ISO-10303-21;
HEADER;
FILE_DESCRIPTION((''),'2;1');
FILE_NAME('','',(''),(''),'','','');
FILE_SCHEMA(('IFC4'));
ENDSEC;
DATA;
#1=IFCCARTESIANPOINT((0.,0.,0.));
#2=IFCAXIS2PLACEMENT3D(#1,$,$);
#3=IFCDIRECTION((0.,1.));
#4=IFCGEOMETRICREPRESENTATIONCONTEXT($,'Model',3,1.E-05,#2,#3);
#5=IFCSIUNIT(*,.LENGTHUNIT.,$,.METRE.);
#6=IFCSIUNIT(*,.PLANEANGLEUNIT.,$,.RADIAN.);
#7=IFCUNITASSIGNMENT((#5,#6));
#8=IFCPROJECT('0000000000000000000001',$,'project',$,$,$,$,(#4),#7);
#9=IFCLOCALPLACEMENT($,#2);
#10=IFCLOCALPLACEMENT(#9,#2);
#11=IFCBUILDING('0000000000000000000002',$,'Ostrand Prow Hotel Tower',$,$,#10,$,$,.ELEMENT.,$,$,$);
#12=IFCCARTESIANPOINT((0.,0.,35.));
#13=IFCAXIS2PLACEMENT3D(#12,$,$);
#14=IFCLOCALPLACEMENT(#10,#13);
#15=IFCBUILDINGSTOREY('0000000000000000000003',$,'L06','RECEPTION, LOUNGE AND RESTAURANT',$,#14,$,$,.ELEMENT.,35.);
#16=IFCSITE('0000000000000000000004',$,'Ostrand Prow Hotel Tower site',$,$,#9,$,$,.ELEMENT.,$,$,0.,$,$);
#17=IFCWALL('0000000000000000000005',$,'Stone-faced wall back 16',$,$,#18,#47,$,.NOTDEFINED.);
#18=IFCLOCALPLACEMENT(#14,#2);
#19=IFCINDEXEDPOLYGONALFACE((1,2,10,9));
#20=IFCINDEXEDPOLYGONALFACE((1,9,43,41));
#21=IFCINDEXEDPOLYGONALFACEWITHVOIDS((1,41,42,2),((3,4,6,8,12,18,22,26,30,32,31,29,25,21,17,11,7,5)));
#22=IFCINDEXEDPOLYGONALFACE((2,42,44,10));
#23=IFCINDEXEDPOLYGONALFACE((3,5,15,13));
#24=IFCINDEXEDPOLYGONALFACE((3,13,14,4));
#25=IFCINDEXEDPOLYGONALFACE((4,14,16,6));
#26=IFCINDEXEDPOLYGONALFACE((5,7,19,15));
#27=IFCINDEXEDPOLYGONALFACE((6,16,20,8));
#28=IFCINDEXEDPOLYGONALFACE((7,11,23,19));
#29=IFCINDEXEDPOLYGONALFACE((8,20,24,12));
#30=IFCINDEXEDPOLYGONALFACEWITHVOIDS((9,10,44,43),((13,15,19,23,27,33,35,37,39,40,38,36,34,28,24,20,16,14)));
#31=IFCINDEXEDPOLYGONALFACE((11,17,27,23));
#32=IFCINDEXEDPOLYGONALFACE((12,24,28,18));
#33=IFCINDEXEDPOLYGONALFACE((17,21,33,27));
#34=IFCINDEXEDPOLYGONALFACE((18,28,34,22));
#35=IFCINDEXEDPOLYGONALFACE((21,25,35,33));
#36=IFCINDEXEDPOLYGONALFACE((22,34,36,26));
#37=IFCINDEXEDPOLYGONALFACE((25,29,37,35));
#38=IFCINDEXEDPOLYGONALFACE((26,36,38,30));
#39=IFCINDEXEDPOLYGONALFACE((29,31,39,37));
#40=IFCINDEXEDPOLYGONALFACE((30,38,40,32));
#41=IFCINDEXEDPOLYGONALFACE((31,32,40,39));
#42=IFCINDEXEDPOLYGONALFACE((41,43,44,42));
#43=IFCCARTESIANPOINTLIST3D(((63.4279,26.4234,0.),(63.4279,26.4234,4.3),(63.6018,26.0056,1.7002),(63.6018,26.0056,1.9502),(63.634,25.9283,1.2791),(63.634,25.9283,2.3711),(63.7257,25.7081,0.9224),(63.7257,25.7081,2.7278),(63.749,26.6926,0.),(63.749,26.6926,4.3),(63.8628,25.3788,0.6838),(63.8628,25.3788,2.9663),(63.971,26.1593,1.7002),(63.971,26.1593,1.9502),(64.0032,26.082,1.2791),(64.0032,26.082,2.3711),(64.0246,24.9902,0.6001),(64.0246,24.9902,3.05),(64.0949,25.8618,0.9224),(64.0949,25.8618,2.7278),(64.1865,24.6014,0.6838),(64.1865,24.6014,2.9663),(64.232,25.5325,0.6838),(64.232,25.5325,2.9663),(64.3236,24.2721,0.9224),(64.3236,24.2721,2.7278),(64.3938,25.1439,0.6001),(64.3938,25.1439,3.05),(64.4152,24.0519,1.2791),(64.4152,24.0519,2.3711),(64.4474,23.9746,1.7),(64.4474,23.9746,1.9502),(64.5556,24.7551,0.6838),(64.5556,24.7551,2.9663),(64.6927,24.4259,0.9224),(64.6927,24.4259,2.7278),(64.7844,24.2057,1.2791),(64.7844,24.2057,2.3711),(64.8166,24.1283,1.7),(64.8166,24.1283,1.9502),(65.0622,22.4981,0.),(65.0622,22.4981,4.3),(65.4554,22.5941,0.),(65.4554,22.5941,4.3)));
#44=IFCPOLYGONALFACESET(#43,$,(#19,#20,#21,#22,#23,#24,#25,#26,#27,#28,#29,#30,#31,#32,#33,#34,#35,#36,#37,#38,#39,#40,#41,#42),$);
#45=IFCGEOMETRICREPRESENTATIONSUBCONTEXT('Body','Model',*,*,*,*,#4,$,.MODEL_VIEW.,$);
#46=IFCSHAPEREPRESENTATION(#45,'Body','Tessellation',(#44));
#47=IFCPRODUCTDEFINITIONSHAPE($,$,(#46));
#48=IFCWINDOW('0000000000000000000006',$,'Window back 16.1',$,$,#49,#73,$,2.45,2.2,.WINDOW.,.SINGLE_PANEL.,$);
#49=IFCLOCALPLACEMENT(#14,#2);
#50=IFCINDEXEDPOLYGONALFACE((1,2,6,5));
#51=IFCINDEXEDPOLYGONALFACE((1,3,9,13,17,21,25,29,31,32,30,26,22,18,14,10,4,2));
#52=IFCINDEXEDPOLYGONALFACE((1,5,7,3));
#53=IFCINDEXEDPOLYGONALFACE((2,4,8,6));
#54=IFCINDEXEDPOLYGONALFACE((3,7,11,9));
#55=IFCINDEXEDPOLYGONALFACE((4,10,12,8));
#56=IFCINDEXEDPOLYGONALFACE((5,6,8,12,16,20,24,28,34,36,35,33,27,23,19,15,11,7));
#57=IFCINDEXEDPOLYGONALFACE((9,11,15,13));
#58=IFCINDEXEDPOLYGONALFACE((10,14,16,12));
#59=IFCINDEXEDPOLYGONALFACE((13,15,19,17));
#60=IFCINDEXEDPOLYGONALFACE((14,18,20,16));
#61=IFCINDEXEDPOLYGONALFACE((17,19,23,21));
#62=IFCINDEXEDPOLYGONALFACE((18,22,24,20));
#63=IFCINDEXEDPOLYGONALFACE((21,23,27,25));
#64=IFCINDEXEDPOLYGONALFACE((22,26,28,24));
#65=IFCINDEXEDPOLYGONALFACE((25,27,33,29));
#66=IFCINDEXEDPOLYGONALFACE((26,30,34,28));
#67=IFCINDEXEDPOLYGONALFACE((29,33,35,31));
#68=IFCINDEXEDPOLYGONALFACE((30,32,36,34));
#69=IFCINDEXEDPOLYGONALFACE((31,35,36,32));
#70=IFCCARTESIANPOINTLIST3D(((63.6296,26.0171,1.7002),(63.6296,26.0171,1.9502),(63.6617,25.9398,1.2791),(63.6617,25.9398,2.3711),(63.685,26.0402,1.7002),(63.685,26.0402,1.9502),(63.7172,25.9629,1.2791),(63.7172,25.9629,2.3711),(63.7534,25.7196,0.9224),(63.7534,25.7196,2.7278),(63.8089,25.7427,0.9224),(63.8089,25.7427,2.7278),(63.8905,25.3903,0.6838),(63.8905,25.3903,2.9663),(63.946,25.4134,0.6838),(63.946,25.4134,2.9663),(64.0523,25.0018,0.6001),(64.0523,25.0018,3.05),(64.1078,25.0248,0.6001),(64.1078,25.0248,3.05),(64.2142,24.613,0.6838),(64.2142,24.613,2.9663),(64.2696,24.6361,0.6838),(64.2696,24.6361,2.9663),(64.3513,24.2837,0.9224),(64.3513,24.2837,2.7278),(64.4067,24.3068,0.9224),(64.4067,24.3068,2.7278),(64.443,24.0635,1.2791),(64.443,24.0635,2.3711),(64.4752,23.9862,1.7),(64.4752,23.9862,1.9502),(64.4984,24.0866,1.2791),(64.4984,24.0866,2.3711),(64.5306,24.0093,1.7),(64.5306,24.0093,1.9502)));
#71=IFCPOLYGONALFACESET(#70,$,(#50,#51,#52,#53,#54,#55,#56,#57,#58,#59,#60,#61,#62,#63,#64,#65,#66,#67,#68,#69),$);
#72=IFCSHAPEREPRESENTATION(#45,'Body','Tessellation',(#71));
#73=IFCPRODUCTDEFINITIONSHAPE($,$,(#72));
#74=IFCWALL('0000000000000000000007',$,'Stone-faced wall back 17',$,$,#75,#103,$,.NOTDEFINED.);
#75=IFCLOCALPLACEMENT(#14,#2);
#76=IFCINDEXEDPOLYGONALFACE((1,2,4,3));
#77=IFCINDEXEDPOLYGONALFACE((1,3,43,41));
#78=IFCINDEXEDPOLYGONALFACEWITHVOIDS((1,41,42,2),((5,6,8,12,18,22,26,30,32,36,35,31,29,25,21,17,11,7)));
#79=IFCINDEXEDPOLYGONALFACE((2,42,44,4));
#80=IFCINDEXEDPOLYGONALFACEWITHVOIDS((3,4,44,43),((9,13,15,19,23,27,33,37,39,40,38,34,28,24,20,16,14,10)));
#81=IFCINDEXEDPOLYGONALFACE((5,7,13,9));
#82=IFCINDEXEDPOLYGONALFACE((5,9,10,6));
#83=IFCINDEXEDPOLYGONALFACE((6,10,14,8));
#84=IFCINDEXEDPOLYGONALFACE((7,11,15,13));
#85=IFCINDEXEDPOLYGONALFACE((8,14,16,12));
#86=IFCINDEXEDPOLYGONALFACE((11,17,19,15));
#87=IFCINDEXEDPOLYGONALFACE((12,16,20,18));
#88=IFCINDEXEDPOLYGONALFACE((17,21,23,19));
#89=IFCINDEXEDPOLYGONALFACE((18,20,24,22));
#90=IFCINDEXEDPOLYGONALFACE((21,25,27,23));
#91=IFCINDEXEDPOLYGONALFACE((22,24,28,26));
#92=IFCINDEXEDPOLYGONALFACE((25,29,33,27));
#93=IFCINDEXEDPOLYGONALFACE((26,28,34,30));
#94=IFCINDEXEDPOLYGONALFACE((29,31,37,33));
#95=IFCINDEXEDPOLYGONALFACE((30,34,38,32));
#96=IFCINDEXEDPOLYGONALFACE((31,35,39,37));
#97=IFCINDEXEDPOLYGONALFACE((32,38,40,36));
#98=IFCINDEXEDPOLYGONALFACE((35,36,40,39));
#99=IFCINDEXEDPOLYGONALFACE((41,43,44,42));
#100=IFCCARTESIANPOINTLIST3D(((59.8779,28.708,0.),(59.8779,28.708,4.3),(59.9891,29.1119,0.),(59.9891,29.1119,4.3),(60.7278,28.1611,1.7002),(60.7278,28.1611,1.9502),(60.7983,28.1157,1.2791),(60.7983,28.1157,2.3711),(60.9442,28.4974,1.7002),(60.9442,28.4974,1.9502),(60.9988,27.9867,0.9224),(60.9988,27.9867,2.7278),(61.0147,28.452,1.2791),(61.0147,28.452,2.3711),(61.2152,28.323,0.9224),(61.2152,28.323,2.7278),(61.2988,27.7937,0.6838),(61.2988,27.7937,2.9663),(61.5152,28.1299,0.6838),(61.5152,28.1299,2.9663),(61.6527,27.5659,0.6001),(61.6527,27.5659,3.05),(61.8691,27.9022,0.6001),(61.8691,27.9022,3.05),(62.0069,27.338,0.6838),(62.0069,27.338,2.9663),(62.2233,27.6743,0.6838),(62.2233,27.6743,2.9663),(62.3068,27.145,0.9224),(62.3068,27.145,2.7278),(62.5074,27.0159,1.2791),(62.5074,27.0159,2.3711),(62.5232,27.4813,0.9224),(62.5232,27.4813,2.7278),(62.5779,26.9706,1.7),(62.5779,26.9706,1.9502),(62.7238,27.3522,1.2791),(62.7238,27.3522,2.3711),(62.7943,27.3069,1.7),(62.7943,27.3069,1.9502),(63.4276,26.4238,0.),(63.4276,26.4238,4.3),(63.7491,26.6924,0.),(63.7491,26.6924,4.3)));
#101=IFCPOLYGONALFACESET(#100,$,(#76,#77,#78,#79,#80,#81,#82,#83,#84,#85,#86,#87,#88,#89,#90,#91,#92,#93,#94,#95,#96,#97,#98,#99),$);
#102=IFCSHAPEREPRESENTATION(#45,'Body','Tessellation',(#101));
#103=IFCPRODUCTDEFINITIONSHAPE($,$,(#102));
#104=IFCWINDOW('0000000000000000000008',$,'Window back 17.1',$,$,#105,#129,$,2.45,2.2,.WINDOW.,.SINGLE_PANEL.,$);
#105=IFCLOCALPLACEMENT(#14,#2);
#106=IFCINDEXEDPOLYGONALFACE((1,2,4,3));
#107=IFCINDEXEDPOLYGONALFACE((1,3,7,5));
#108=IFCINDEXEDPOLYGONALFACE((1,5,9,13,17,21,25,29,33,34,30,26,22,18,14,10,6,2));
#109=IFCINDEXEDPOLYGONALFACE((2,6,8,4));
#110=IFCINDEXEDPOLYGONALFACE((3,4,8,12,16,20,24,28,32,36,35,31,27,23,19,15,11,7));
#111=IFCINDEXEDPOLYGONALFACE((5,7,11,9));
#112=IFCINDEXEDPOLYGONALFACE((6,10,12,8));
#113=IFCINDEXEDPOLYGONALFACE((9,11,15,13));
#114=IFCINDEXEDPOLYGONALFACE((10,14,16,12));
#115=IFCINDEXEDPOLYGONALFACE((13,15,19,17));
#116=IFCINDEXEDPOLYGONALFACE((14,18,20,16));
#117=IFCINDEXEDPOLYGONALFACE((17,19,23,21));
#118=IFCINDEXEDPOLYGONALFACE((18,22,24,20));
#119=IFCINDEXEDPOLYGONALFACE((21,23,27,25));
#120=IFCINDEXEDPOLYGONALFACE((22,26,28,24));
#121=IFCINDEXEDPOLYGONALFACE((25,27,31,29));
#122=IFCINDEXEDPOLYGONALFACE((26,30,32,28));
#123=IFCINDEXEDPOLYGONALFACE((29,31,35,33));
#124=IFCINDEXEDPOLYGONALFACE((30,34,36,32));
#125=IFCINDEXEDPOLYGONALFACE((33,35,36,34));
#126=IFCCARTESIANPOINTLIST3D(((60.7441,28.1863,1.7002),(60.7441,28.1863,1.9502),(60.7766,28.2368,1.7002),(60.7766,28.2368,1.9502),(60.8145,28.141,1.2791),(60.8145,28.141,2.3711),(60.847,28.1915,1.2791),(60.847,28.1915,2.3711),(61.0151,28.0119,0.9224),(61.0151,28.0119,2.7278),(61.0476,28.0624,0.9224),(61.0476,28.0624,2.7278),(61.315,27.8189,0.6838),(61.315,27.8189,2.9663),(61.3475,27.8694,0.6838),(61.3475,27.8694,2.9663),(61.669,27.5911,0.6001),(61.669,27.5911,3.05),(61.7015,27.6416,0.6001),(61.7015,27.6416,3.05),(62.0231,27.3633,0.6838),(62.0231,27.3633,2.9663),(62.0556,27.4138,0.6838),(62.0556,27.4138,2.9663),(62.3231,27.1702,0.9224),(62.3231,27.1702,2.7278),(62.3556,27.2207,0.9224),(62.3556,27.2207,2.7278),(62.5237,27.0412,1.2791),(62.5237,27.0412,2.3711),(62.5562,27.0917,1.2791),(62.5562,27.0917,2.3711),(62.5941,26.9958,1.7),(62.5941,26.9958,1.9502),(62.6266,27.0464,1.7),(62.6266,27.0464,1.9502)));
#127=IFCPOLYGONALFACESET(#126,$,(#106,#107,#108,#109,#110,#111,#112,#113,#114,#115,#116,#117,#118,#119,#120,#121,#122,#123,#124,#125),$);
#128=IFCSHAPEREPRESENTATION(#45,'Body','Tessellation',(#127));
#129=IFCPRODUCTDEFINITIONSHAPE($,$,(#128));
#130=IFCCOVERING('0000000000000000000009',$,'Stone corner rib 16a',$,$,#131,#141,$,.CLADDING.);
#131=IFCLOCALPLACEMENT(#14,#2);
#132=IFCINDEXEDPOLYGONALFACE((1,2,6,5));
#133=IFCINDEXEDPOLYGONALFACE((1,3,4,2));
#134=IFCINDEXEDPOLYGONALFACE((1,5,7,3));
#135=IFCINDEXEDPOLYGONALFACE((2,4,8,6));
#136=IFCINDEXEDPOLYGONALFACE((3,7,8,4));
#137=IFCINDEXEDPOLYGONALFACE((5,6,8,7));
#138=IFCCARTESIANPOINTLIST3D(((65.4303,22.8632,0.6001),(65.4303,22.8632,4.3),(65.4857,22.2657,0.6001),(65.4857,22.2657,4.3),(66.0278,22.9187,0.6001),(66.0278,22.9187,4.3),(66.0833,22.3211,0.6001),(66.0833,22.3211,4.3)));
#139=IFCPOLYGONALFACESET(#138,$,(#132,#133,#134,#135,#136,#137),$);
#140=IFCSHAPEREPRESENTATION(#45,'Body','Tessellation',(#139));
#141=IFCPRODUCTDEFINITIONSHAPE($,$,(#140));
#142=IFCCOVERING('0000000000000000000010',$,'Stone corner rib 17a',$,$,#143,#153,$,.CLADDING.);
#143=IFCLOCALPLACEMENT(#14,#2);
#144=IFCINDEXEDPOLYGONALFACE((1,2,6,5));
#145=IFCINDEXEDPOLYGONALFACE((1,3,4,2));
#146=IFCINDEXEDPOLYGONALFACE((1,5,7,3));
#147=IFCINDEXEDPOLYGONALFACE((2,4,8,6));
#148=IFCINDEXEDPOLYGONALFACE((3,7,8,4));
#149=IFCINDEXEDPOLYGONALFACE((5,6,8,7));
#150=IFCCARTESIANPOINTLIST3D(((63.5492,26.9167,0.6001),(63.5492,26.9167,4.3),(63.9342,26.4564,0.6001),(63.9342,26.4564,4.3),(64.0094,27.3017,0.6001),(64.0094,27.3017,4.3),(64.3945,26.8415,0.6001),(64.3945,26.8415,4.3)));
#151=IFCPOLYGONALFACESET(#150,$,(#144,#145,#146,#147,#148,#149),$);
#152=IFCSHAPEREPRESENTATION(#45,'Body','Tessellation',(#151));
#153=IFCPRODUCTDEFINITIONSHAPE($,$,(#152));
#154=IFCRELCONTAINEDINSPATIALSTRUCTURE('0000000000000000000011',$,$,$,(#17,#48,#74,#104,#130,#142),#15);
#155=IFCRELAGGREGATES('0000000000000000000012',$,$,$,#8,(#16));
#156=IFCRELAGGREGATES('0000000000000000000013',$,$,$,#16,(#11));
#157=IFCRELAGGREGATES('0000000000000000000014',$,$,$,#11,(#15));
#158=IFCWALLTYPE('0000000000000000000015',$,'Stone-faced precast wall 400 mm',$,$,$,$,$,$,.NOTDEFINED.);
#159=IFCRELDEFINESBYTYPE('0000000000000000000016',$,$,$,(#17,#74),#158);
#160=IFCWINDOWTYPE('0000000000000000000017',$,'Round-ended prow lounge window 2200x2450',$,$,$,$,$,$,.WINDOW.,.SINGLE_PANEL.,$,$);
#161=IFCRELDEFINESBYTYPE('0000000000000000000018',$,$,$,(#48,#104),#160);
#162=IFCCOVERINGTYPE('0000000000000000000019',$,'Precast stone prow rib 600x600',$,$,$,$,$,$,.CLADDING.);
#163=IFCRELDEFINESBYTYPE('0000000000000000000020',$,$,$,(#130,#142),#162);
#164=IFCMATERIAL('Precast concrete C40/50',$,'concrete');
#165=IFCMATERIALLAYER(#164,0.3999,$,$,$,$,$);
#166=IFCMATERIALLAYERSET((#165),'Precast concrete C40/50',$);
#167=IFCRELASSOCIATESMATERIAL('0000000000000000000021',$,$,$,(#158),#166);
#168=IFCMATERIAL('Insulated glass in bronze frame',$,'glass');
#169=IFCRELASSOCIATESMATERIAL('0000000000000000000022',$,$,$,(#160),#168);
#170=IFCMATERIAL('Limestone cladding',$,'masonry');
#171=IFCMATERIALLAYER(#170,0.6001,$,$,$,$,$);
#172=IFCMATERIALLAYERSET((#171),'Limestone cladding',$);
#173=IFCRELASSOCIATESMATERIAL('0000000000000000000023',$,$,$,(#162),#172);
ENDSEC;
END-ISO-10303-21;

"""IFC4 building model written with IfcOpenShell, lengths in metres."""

from ifc_helpers import new_model, si_unit, direction, frame, frame_2d, origin, place, context, subcontext, project, spatial, polyline, rectangle, outline, extrude, material, layer, layer_set, type_object, element, fill, save


model = new_model("IFC4")

# Units and contexts
model_context = context("Model", 3, precision=1e-05, world=origin(), true_north=direction((0.0, 1.0)))
body_context = subcontext(model_context, "Body", "Model", "MODEL_VIEW")
ifc_project = project(units=[si_unit("LENGTHUNIT", "METRE"), si_unit("PLANEANGLEUNIT", "RADIAN")], contexts=[model_context])

# Site, building, storey
site_placement = place(None, origin())
site = spatial("IfcSite", under=ifc_project, at=site_placement, Name="Ostrand Prow Hotel Tower site", CompositionType="ELEMENT", RefElevation=0.0)
building_placement = place(site_placement, origin())
building = spatial("IfcBuilding", under=site, at=building_placement, Name="Ostrand Prow Hotel Tower", CompositionType="ELEMENT")
storey_placement = place(building_placement, frame((0.0, 0.0, 35.0)))
storey = spatial("IfcBuildingStorey", under=building, at=storey_placement, Name="L06", Description="RECEPTION, LOUNGE AND RESTAURANT", CompositionType="ELEMENT", Elevation=35.0)

# Walls, openings, windows
ifc_material_1 = material(Name="Precast concrete C40/50", Category="concrete")
ifc_layer_1 = layer(ifc_material_1, 0.3999)
ifc_layer_set_1 = layer_set([ifc_layer_1], Name="Precast concrete C40/50")
wall_type_1 = type_object("IfcWallType", Name="Stone-faced precast wall 400 mm", PredefinedType="NOTDEFINED", material=ifc_layer_set_1)
wall_1_placement = place(storey_placement, frame((65.2588, 22.5461, 0.0), z_axis=(0.0, 0.0, 1.0), x_axis=(-0.384372, 0.923178, 0.0)))
wall_1 = element("IfcWall", 1, at=wall_1_placement, inside=storey, type_object=wall_type_1, Name="Stone-faced wall back 16", PredefinedType="NOTDEFINED", context=body_context, shape_type="SweptSolid", body=[
    extrude(outline(polyline([(-0.0312, -0.2), (4.4082, -0.2), (4.2832, 0.2), (0.0312, 0.2), (-0.0312, -0.2)])), origin(), (0.0, 0.0, 1.0), 4.3),
])
opening_1_placement = place(wall_1_placement, frame((1.6306, 0.0, 0.6001)))
opening_1 = element("IfcOpeningElement", 2, at=opening_1_placement, cuts=wall_1, PredefinedType="OPENING", context=body_context, shape_type="SweptSolid", body=[
    extrude(outline(polyline([(0.0, 1.3501), (0.0837, 1.771), (0.3223, 2.1277), (0.679, 2.3662), (1.1001, 2.45), (1.521, 2.3662), (1.8777, 2.1277), (2.1162, 1.771), (2.2, 1.3501), (2.2, 1.1001), (2.1162, 0.679), (1.8777, 0.3223), (1.521, 0.0837), (1.1001, 0.0), (0.679, 0.0837), (0.3223, 0.3223), (0.0837, 0.679), (0.0, 1.0999), (0.0, 1.3501)])), frame((0.0, 0.21, 0.0), z_axis=(0.0, -1.0, 0.0), x_axis=(1.0, 0.0, 0.0)), (0.0, 0.0, 1.0), 0.4199),
])
ifc_material_2 = material(Name="Insulated glass in bronze frame", Category="glass")
window_type_1 = type_object("IfcWindowType", Name="Round-ended prow lounge window 2200x2450", PartitioningType="SINGLE_PANEL", PredefinedType="WINDOW", material=ifc_material_2)
window_1_placement = place(opening_1_placement, origin())
window_1 = element("IfcWindow", 3, at=window_1_placement, inside=storey, type_object=window_type_1, Name="Window back 16.1", OverallHeight=2.45, OverallWidth=2.2, PartitioningType="SINGLE_PANEL", PredefinedType="WINDOW", context=body_context, shape_type="SweptSolid", body=[
    extrude(outline(polyline([(0.0, 1.3501), (0.0837, 1.771), (0.3223, 2.1277), (0.679, 2.3662), (1.1001, 2.45), (1.521, 2.3662), (1.8777, 2.1277), (2.1162, 1.771), (2.2, 1.3501), (2.2, 1.1001), (2.1162, 0.679), (1.8777, 0.3223), (1.521, 0.0837), (1.1001, 0.0), (0.679, 0.0837), (0.3223, 0.3223), (0.0837, 0.679), (0.0, 1.0999), (0.0, 1.3501)])), frame((0.0, 0.1699, 0.0), z_axis=(0.0, -1.0, 0.0), x_axis=(1.0, 0.0, 0.0)), (0.0, 0.0, 1.0), 0.0601),
])
fill(opening_1, window_1)
wall_2_placement = place(storey_placement, frame((63.5884, 26.5581, 0.0), z_axis=(0.0, 0.0, 1.0), x_axis=(-0.840937, 0.541132, 0.0)))
wall_2 = element("IfcWall", 4, at=wall_2_placement, inside=storey, type_object=wall_type_1, Name="Stone-faced wall back 17", PredefinedType="NOTDEFINED", context=body_context, shape_type="SweptSolid", body=[
    extrude(outline(polyline([(-0.0625, -0.2), (4.4087, -0.2), (4.2837, 0.2), (0.0625, 0.2), (-0.0625, -0.2)])), origin(), (0.0, 0.0, 1.0), 4.3),
])
opening_2_placement = place(wall_2_placement, frame((1.073, 0.0, 0.6001)))
opening_2 = element("IfcOpeningElement", 5, at=opening_2_placement, cuts=wall_2, PredefinedType="OPENING", context=body_context, shape_type="SweptSolid", body=[
    extrude(outline(polyline([(0.0, 1.3501), (0.0837, 1.771), (0.3223, 2.1277), (0.679, 2.3662), (1.1001, 2.45), (1.521, 2.3662), (1.8777, 2.1277), (2.1162, 1.771), (2.2, 1.3501), (2.2, 1.1001), (2.1162, 0.679), (1.8777, 0.3223), (1.521, 0.0837), (1.1001, 0.0), (0.679, 0.0837), (0.3223, 0.3223), (0.0837, 0.679), (0.0, 1.0999), (0.0, 1.3501)])), frame((0.0, 0.21, 0.0), z_axis=(0.0, -1.0, 0.0), x_axis=(1.0, 0.0, 0.0)), (0.0, 0.0, 1.0), 0.4199),
])
window_2_placement = place(opening_2_placement, origin())
window_2 = element("IfcWindow", 6, at=window_2_placement, inside=storey, type_object=window_type_1, Name="Window back 17.1", OverallHeight=2.45, OverallWidth=2.2, PartitioningType="SINGLE_PANEL", PredefinedType="WINDOW", context=body_context, shape_type="SweptSolid", body=[
    extrude(outline(polyline([(0.0, 1.3501), (0.0837, 1.771), (0.3223, 2.1277), (0.679, 2.3662), (1.1001, 2.45), (1.521, 2.3662), (1.8777, 2.1277), (2.1162, 1.771), (2.2, 1.3501), (2.2, 1.1001), (2.1162, 0.679), (1.8777, 0.3223), (1.521, 0.0837), (1.1001, 0.0), (0.679, 0.0837), (0.3223, 0.3223), (0.0837, 0.679), (0.0, 1.0999), (0.0, 1.3501)])), frame((0.0, 0.1699, 0.0), z_axis=(0.0, -1.0, 0.0), x_axis=(1.0, 0.0, 0.0)), (0.0, 0.0, 1.0), 0.0601),
])
fill(opening_2, window_2)

# Coverings
ifc_material_3 = material(Name="Limestone cladding", Category="masonry")
ifc_layer_2 = layer(ifc_material_3, 0.6001)
ifc_layer_set_2 = layer_set([ifc_layer_2], Name="Limestone cladding")
covering_type = type_object("IfcCoveringType", Name="Precast stone prow rib 600x600", PredefinedType="CLADDING", material=ifc_layer_set_2)
for number, where, z_axis, x_axis, name in (
    (7, (65.458, 22.5645, 0.6001), (0.0, 0.0, 1.0), (0.995725, 0.09237, 0.0), "Stone corner rib 16a"),
    (8, (63.7417, 26.6865, 0.6001), (0.0, 0.0, 1.0), (0.766986, 0.641664, 0.0), "Stone corner rib 17a"),
):
    element("IfcCovering", number, at=place(storey_placement, frame(where, z_axis=z_axis, x_axis=x_axis)), inside=storey, type_object=covering_type, Name=name, PredefinedType="CLADDING", context=body_context, shape_type="SweptSolid", body=[
        extrude(rectangle(XDim=0.6001, YDim=0.6001, at=frame_2d((0.3, 0.0))), origin(), (0.0, 0.0, 1.0), 3.7),
    ])

save(model, "model.ifc")
